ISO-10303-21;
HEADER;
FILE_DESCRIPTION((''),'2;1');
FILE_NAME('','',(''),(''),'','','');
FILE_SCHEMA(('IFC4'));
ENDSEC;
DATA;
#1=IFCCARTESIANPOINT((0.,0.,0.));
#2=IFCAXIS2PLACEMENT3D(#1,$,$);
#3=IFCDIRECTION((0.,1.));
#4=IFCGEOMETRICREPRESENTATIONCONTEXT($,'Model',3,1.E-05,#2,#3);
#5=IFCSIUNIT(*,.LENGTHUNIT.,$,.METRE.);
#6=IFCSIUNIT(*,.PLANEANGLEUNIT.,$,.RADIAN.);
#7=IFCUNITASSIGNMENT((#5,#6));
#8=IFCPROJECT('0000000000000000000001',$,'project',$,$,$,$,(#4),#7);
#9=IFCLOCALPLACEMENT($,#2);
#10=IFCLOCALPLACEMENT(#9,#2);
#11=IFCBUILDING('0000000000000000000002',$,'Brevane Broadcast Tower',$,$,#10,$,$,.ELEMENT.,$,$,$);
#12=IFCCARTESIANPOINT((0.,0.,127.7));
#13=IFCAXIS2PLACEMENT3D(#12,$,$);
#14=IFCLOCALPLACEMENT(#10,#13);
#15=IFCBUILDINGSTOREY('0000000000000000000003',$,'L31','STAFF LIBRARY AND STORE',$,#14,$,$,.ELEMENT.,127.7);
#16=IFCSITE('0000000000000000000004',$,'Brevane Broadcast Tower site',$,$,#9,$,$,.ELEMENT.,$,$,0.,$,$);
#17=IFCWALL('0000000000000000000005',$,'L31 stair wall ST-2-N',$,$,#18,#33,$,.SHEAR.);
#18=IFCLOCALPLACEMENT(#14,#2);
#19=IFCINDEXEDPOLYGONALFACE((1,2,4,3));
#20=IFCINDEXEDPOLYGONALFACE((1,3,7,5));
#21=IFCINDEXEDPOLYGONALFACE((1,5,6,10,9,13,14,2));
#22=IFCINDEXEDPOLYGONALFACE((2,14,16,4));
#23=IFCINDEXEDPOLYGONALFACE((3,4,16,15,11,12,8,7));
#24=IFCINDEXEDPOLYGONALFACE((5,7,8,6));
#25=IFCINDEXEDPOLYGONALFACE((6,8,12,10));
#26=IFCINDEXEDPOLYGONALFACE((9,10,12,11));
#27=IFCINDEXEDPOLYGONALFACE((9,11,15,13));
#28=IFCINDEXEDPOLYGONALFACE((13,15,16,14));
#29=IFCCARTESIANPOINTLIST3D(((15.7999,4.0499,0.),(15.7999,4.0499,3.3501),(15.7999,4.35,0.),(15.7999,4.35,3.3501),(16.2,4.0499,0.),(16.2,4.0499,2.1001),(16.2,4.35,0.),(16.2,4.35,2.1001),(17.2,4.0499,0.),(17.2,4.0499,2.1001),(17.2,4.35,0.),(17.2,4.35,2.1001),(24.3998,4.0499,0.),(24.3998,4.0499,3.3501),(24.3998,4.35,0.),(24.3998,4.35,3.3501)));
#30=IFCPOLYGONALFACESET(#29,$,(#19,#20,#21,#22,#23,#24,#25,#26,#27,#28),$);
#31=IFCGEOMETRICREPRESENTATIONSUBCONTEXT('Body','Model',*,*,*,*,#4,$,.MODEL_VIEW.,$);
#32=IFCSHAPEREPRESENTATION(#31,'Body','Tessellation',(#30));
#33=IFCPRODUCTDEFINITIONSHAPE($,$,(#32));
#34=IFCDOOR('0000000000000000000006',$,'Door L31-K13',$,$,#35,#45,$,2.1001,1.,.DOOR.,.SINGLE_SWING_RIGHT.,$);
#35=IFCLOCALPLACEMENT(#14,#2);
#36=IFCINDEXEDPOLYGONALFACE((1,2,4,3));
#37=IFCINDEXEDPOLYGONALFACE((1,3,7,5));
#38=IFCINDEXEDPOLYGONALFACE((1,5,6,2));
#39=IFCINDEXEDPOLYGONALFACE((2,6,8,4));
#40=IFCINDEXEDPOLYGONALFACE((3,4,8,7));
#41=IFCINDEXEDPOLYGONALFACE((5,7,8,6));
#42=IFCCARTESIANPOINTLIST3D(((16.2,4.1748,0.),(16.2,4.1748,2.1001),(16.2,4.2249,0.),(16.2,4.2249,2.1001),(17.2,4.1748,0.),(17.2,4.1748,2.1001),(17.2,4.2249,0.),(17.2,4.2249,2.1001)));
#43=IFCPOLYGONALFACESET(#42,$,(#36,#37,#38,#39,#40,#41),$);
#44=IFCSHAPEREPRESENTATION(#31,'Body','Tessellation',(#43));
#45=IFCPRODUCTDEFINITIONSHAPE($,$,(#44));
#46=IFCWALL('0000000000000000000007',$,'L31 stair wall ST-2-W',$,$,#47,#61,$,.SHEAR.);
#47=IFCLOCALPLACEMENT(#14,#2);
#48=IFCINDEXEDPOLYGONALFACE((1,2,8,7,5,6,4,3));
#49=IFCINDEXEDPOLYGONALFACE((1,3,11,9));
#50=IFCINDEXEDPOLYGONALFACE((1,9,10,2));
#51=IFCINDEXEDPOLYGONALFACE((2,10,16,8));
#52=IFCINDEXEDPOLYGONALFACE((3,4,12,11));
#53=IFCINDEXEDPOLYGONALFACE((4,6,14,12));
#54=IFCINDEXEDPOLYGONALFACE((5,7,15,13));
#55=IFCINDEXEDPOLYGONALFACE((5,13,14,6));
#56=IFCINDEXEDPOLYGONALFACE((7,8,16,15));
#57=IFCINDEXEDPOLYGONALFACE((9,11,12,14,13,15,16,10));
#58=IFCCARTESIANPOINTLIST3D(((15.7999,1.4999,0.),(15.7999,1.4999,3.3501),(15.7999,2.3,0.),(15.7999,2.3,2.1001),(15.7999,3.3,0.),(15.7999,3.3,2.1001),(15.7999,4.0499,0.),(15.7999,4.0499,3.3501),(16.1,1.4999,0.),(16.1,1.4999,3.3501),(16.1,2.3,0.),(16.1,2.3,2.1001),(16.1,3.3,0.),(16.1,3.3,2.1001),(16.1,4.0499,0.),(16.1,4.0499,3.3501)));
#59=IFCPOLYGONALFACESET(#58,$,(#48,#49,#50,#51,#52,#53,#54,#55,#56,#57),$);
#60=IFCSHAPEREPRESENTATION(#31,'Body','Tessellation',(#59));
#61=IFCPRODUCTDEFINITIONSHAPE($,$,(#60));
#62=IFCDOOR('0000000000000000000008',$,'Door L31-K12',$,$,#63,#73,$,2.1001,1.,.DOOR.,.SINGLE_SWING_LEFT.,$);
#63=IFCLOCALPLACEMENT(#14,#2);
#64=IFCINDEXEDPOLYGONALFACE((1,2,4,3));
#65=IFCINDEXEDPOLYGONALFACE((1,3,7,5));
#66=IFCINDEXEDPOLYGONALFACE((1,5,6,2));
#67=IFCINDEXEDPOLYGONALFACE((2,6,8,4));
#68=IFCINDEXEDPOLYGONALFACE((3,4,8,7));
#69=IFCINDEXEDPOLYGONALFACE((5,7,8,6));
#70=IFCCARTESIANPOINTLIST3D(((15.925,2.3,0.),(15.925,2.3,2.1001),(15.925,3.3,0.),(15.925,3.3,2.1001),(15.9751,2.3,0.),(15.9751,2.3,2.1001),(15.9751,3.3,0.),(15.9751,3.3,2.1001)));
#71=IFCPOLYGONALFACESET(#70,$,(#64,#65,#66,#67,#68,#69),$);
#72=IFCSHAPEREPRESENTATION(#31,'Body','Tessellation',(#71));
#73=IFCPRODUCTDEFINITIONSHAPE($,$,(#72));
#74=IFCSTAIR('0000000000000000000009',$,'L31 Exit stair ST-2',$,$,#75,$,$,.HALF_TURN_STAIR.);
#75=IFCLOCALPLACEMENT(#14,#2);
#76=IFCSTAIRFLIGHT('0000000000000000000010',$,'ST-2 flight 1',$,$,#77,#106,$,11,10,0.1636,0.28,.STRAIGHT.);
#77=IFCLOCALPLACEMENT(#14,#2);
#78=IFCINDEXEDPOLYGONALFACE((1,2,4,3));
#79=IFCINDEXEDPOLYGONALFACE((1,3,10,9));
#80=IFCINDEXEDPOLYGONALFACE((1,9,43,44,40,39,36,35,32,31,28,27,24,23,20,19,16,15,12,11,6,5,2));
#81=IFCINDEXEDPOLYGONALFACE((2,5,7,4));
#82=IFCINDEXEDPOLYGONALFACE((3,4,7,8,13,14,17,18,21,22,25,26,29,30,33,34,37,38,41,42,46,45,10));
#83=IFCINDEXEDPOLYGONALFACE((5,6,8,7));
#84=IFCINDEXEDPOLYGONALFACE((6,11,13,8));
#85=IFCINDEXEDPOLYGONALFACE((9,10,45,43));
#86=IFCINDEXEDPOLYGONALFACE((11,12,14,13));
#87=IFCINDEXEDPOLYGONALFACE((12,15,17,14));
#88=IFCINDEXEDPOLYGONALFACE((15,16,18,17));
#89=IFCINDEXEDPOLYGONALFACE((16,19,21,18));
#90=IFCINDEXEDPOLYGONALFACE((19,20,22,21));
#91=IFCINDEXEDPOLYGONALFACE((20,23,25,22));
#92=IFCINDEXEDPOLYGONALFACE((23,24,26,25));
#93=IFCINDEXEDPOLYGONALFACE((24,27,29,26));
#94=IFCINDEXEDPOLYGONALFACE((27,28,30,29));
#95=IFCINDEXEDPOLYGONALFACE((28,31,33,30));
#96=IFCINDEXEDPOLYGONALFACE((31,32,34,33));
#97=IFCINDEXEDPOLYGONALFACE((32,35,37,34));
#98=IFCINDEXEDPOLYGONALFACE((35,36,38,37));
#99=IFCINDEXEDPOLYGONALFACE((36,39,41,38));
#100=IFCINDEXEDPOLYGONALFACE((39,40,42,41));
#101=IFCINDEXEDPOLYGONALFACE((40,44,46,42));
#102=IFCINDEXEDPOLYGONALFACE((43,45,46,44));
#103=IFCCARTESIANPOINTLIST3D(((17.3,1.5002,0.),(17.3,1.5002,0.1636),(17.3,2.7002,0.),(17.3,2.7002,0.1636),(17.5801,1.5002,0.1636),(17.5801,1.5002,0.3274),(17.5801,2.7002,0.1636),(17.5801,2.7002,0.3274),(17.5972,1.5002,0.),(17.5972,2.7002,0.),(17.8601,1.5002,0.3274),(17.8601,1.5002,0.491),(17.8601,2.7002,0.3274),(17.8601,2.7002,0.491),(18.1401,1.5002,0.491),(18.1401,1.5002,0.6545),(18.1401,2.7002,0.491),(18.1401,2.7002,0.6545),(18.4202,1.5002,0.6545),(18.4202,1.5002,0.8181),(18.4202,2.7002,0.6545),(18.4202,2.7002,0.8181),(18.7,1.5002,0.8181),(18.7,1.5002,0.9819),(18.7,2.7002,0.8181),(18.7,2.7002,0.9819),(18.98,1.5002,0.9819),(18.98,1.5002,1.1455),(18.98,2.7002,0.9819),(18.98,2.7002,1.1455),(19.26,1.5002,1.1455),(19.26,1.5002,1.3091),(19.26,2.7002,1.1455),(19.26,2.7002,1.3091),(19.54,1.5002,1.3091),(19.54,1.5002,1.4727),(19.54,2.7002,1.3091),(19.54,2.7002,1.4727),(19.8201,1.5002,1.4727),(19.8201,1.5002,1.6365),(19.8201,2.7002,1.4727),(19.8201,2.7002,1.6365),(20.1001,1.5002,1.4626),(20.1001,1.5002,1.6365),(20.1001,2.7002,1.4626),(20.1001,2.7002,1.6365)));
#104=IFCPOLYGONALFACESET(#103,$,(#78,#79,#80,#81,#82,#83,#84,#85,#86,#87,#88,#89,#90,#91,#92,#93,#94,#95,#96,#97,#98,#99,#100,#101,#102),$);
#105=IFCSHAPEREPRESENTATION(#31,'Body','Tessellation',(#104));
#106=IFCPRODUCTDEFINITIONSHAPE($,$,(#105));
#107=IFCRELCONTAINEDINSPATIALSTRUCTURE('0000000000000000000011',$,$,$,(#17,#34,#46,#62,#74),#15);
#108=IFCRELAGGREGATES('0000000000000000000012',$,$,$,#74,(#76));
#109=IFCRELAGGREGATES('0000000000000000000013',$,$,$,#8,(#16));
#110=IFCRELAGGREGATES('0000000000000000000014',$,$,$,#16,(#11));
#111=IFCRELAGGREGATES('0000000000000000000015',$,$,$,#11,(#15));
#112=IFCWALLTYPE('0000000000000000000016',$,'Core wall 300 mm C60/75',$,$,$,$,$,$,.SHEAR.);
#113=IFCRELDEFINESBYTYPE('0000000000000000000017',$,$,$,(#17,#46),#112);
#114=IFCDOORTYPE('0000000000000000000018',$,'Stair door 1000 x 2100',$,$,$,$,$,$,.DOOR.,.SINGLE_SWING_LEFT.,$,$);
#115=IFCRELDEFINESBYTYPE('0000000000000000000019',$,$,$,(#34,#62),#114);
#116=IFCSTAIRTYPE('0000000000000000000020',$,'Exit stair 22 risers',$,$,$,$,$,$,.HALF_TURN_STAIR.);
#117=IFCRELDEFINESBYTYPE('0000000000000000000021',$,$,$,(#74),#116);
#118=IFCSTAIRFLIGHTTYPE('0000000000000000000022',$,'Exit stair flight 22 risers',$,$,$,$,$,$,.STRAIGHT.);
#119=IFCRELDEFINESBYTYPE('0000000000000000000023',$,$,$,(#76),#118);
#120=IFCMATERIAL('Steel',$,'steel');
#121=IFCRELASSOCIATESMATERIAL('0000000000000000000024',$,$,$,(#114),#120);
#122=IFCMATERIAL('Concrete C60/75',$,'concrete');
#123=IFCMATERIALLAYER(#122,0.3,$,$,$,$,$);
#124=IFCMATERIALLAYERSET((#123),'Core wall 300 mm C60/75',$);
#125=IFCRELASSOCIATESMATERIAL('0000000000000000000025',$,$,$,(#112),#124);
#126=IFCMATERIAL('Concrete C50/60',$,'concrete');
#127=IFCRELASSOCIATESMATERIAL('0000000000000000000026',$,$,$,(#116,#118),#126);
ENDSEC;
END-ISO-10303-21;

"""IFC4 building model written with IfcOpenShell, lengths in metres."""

from ifc_helpers import new_model, si_unit, direction, frame, frame_2d, origin, place, context, subcontext, project, spatial, polyline, rectangle, outline, extrude, material, layer, layer_set, type_object, element, fill, aggregate, save


model = new_model("IFC4")

# Units and contexts
model_context = context("Model", 3, precision=1e-05, world=origin(), true_north=direction((0.0, 1.0)))
body_context = subcontext(model_context, "Body", "Model", "MODEL_VIEW")
ifc_project = project(units=[si_unit("LENGTHUNIT", "METRE"), si_unit("PLANEANGLEUNIT", "RADIAN")], contexts=[model_context])

# Site, building, storey
site_placement = place(None, origin())
site = spatial("IfcSite", under=ifc_project, at=site_placement, Name="Brevane Broadcast Tower site", CompositionType="ELEMENT", RefElevation=0.0)
building_placement = place(site_placement, origin())
building = spatial("IfcBuilding", under=site, at=building_placement, Name="Brevane Broadcast Tower", CompositionType="ELEMENT")
storey_placement = place(building_placement, frame((0.0, 0.0, 127.7)))
storey = spatial("IfcBuildingStorey", under=building, at=storey_placement, Name="L31", Description="STAFF LIBRARY AND STORE", CompositionType="ELEMENT", Elevation=127.7)

# Shared definitions
ifc_material_1 = material(Name="Steel", Category="steel")
door_type_1 = type_object("IfcDoorType", Name="Stair door 1000 x 2100", OperationType="SINGLE_SWING_LEFT", PredefinedType="DOOR", material=ifc_material_1)

# Shared definitions
ifc_material_2 = material(Name="Concrete C60/75", Category="concrete")
ifc_layer_1 = layer(ifc_material_2, 0.3)
ifc_layer_set_1 = layer_set([ifc_layer_1], Name="Core wall 300 mm C60/75")
wall_type_1 = type_object("IfcWallType", Name="Core wall 300 mm C60/75", PredefinedType="SHEAR", material=ifc_layer_set_1)

# Walls, openings, doors
wall_1_placement = place(storey_placement, frame((15.8, 4.2, 0.0), z_axis=(0.0, 0.0, 1.0), x_axis=(1.0, 0.0, 0.0)))
wall_1 = element("IfcWall", 1, at=wall_1_placement, inside=storey, type_object=wall_type_1, Name="L31 stair wall ST-2-N", PredefinedType="SHEAR", context=body_context, shape_type="SweptSolid", body=[
    extrude(rectangle(XDim=8.5999, YDim=0.3, at=frame_2d((4.2998, 0.0))), origin(), (0.0, 0.0, 1.0), 3.3501),
])
opening_1_placement = place(wall_1_placement, frame((0.3999, 0.0, 0.0)))
opening_1 = element("IfcOpeningElement", 2, at=opening_1_placement, cuts=wall_1, PredefinedType="OPENING", context=body_context, shape_type="SweptSolid", body=[
    extrude(rectangle(XDim=1.0, YDim=2.1001, at=frame_2d((0.5, 1.05))), frame((0.0, 0.1599, 0.0), z_axis=(0.0, -1.0, 0.0), x_axis=(1.0, 0.0, 0.0)), (0.0, 0.0, 1.0), 0.3201),
])
door_1_placement = place(opening_1_placement, origin())
door_1 = element("IfcDoor", 3, at=door_1_placement, inside=storey, type_object=door_type_1, Name="Door L31-K13", OperationType="SINGLE_SWING_RIGHT", OverallHeight=2.1001, OverallWidth=1.0, PredefinedType="DOOR", context=body_context, shape_type="SweptSolid", body=[
    extrude(rectangle(XDim=1.0, YDim=2.1001, at=frame_2d((0.5, 1.05))), frame((0.0, 0.0249, 0.0), z_axis=(0.0, -1.0, 0.0), x_axis=(1.0, 0.0, 0.0)), (0.0, 0.0, 1.0), 0.05),
])
fill(opening_1, door_1)
wall_2_placement = place(storey_placement, frame((15.95, 1.5, 0.0), z_axis=(0.0, 0.0, 1.0), x_axis=(0.0, 1.0, 0.0)))
wall_2 = element("IfcWall", 4, at=wall_2_placement, inside=storey, type_object=wall_type_1, Name="L31 stair wall ST-2-W", PredefinedType="SHEAR", context=body_context, shape_type="SweptSolid", body=[
    extrude(rectangle(XDim=2.55, YDim=0.3, at=frame_2d((1.2749, 0.0))), origin(), (0.0, 0.0, 1.0), 3.3501),
])
opening_2_placement = place(wall_2_placement, frame((0.8, 0.0, 0.0)))
opening_2 = element("IfcOpeningElement", 5, at=opening_2_placement, cuts=wall_2, PredefinedType="OPENING", context=body_context, shape_type="SweptSolid", body=[
    extrude(rectangle(XDim=1.0, YDim=2.1001, at=frame_2d((0.5, 1.05))), frame((0.0, 0.1599, 0.0), z_axis=(0.0, -1.0, 0.0), x_axis=(1.0, 0.0, 0.0)), (0.0, 0.0, 1.0), 0.3201),
])
door_2_placement = place(opening_2_placement, origin())
door_2 = element("IfcDoor", 6, at=door_2_placement, inside=storey, type_object=door_type_1, Name="Door L31-K12", OperationType="SINGLE_SWING_LEFT", OverallHeight=2.1001, OverallWidth=1.0, PredefinedType="DOOR", context=body_context, shape_type="SweptSolid", body=[
    extrude(rectangle(XDim=1.0, YDim=2.1001, at=frame_2d((0.5, 1.05))), frame((0.0, 0.0249, 0.0), z_axis=(0.0, -1.0, 0.0), x_axis=(1.0, 0.0, 0.0)), (0.0, 0.0, 1.0), 0.05),
])
fill(opening_2, door_2)

# Stair, stair flight
ifc_material_3 = material(Name="Concrete C50/60", Category="concrete")
stair_type = type_object("IfcStairType", Name="Exit stair 22 risers", PredefinedType="HALF_TURN_STAIR", material=ifc_material_3)
stair_placement = place(storey_placement, origin())
stair = element("IfcStair", 7, at=stair_placement, inside=storey, type_object=stair_type, Name="L31 Exit stair ST-2", PredefinedType="HALF_TURN_STAIR")
stair_flight_type = type_object("IfcStairFlightType", Name="Exit stair flight 22 risers", PredefinedType="STRAIGHT", material=ifc_material_3)
stair_flight_placement = place(storey_placement, frame((17.3, 2.1001, 0.0), z_axis=(0.0, 0.0, 1.0), x_axis=(1.0, 0.0, 0.0)))
stair_flight = element("IfcStairFlight", 8, at=stair_flight_placement, type_object=stair_flight_type, Name="ST-2 flight 1", NumberOfRisers=11, NumberOfTreads=10, PredefinedType="STRAIGHT", RiserHeight=0.1636, TreadLength=0.28, context=body_context, shape_type="SweptSolid", body=[
    extrude(outline(polyline([(0.0, 0.0), (0.0, 0.1636), (0.28, 0.1636), (0.28, 0.3274), (0.5601, 0.3274), (0.5601, 0.491), (0.8401, 0.491), (0.8401, 0.6545), (1.1201, 0.6545), (1.1201, 0.8181), (1.3999, 0.8181), (1.3999, 0.9819), (1.6799, 0.9819), (1.6799, 1.1455), (1.96, 1.1455), (1.96, 1.3091), (2.24, 1.3091), (2.24, 1.4727), (2.52, 1.4727), (2.52, 1.6365), (2.8, 1.6365), (2.8, 1.8), (2.8, 1.4626), (0.2971, 0.0), (0.0, 0.0)])), frame((0.0, 0.6001, 0.0), z_axis=(0.0, -1.0, 0.0), x_axis=(1.0, 0.0, 0.0)), (0.0, 0.0, 1.0), 1.2),
])
aggregate(stair, [stair_flight])

save(model, "model.ifc")
